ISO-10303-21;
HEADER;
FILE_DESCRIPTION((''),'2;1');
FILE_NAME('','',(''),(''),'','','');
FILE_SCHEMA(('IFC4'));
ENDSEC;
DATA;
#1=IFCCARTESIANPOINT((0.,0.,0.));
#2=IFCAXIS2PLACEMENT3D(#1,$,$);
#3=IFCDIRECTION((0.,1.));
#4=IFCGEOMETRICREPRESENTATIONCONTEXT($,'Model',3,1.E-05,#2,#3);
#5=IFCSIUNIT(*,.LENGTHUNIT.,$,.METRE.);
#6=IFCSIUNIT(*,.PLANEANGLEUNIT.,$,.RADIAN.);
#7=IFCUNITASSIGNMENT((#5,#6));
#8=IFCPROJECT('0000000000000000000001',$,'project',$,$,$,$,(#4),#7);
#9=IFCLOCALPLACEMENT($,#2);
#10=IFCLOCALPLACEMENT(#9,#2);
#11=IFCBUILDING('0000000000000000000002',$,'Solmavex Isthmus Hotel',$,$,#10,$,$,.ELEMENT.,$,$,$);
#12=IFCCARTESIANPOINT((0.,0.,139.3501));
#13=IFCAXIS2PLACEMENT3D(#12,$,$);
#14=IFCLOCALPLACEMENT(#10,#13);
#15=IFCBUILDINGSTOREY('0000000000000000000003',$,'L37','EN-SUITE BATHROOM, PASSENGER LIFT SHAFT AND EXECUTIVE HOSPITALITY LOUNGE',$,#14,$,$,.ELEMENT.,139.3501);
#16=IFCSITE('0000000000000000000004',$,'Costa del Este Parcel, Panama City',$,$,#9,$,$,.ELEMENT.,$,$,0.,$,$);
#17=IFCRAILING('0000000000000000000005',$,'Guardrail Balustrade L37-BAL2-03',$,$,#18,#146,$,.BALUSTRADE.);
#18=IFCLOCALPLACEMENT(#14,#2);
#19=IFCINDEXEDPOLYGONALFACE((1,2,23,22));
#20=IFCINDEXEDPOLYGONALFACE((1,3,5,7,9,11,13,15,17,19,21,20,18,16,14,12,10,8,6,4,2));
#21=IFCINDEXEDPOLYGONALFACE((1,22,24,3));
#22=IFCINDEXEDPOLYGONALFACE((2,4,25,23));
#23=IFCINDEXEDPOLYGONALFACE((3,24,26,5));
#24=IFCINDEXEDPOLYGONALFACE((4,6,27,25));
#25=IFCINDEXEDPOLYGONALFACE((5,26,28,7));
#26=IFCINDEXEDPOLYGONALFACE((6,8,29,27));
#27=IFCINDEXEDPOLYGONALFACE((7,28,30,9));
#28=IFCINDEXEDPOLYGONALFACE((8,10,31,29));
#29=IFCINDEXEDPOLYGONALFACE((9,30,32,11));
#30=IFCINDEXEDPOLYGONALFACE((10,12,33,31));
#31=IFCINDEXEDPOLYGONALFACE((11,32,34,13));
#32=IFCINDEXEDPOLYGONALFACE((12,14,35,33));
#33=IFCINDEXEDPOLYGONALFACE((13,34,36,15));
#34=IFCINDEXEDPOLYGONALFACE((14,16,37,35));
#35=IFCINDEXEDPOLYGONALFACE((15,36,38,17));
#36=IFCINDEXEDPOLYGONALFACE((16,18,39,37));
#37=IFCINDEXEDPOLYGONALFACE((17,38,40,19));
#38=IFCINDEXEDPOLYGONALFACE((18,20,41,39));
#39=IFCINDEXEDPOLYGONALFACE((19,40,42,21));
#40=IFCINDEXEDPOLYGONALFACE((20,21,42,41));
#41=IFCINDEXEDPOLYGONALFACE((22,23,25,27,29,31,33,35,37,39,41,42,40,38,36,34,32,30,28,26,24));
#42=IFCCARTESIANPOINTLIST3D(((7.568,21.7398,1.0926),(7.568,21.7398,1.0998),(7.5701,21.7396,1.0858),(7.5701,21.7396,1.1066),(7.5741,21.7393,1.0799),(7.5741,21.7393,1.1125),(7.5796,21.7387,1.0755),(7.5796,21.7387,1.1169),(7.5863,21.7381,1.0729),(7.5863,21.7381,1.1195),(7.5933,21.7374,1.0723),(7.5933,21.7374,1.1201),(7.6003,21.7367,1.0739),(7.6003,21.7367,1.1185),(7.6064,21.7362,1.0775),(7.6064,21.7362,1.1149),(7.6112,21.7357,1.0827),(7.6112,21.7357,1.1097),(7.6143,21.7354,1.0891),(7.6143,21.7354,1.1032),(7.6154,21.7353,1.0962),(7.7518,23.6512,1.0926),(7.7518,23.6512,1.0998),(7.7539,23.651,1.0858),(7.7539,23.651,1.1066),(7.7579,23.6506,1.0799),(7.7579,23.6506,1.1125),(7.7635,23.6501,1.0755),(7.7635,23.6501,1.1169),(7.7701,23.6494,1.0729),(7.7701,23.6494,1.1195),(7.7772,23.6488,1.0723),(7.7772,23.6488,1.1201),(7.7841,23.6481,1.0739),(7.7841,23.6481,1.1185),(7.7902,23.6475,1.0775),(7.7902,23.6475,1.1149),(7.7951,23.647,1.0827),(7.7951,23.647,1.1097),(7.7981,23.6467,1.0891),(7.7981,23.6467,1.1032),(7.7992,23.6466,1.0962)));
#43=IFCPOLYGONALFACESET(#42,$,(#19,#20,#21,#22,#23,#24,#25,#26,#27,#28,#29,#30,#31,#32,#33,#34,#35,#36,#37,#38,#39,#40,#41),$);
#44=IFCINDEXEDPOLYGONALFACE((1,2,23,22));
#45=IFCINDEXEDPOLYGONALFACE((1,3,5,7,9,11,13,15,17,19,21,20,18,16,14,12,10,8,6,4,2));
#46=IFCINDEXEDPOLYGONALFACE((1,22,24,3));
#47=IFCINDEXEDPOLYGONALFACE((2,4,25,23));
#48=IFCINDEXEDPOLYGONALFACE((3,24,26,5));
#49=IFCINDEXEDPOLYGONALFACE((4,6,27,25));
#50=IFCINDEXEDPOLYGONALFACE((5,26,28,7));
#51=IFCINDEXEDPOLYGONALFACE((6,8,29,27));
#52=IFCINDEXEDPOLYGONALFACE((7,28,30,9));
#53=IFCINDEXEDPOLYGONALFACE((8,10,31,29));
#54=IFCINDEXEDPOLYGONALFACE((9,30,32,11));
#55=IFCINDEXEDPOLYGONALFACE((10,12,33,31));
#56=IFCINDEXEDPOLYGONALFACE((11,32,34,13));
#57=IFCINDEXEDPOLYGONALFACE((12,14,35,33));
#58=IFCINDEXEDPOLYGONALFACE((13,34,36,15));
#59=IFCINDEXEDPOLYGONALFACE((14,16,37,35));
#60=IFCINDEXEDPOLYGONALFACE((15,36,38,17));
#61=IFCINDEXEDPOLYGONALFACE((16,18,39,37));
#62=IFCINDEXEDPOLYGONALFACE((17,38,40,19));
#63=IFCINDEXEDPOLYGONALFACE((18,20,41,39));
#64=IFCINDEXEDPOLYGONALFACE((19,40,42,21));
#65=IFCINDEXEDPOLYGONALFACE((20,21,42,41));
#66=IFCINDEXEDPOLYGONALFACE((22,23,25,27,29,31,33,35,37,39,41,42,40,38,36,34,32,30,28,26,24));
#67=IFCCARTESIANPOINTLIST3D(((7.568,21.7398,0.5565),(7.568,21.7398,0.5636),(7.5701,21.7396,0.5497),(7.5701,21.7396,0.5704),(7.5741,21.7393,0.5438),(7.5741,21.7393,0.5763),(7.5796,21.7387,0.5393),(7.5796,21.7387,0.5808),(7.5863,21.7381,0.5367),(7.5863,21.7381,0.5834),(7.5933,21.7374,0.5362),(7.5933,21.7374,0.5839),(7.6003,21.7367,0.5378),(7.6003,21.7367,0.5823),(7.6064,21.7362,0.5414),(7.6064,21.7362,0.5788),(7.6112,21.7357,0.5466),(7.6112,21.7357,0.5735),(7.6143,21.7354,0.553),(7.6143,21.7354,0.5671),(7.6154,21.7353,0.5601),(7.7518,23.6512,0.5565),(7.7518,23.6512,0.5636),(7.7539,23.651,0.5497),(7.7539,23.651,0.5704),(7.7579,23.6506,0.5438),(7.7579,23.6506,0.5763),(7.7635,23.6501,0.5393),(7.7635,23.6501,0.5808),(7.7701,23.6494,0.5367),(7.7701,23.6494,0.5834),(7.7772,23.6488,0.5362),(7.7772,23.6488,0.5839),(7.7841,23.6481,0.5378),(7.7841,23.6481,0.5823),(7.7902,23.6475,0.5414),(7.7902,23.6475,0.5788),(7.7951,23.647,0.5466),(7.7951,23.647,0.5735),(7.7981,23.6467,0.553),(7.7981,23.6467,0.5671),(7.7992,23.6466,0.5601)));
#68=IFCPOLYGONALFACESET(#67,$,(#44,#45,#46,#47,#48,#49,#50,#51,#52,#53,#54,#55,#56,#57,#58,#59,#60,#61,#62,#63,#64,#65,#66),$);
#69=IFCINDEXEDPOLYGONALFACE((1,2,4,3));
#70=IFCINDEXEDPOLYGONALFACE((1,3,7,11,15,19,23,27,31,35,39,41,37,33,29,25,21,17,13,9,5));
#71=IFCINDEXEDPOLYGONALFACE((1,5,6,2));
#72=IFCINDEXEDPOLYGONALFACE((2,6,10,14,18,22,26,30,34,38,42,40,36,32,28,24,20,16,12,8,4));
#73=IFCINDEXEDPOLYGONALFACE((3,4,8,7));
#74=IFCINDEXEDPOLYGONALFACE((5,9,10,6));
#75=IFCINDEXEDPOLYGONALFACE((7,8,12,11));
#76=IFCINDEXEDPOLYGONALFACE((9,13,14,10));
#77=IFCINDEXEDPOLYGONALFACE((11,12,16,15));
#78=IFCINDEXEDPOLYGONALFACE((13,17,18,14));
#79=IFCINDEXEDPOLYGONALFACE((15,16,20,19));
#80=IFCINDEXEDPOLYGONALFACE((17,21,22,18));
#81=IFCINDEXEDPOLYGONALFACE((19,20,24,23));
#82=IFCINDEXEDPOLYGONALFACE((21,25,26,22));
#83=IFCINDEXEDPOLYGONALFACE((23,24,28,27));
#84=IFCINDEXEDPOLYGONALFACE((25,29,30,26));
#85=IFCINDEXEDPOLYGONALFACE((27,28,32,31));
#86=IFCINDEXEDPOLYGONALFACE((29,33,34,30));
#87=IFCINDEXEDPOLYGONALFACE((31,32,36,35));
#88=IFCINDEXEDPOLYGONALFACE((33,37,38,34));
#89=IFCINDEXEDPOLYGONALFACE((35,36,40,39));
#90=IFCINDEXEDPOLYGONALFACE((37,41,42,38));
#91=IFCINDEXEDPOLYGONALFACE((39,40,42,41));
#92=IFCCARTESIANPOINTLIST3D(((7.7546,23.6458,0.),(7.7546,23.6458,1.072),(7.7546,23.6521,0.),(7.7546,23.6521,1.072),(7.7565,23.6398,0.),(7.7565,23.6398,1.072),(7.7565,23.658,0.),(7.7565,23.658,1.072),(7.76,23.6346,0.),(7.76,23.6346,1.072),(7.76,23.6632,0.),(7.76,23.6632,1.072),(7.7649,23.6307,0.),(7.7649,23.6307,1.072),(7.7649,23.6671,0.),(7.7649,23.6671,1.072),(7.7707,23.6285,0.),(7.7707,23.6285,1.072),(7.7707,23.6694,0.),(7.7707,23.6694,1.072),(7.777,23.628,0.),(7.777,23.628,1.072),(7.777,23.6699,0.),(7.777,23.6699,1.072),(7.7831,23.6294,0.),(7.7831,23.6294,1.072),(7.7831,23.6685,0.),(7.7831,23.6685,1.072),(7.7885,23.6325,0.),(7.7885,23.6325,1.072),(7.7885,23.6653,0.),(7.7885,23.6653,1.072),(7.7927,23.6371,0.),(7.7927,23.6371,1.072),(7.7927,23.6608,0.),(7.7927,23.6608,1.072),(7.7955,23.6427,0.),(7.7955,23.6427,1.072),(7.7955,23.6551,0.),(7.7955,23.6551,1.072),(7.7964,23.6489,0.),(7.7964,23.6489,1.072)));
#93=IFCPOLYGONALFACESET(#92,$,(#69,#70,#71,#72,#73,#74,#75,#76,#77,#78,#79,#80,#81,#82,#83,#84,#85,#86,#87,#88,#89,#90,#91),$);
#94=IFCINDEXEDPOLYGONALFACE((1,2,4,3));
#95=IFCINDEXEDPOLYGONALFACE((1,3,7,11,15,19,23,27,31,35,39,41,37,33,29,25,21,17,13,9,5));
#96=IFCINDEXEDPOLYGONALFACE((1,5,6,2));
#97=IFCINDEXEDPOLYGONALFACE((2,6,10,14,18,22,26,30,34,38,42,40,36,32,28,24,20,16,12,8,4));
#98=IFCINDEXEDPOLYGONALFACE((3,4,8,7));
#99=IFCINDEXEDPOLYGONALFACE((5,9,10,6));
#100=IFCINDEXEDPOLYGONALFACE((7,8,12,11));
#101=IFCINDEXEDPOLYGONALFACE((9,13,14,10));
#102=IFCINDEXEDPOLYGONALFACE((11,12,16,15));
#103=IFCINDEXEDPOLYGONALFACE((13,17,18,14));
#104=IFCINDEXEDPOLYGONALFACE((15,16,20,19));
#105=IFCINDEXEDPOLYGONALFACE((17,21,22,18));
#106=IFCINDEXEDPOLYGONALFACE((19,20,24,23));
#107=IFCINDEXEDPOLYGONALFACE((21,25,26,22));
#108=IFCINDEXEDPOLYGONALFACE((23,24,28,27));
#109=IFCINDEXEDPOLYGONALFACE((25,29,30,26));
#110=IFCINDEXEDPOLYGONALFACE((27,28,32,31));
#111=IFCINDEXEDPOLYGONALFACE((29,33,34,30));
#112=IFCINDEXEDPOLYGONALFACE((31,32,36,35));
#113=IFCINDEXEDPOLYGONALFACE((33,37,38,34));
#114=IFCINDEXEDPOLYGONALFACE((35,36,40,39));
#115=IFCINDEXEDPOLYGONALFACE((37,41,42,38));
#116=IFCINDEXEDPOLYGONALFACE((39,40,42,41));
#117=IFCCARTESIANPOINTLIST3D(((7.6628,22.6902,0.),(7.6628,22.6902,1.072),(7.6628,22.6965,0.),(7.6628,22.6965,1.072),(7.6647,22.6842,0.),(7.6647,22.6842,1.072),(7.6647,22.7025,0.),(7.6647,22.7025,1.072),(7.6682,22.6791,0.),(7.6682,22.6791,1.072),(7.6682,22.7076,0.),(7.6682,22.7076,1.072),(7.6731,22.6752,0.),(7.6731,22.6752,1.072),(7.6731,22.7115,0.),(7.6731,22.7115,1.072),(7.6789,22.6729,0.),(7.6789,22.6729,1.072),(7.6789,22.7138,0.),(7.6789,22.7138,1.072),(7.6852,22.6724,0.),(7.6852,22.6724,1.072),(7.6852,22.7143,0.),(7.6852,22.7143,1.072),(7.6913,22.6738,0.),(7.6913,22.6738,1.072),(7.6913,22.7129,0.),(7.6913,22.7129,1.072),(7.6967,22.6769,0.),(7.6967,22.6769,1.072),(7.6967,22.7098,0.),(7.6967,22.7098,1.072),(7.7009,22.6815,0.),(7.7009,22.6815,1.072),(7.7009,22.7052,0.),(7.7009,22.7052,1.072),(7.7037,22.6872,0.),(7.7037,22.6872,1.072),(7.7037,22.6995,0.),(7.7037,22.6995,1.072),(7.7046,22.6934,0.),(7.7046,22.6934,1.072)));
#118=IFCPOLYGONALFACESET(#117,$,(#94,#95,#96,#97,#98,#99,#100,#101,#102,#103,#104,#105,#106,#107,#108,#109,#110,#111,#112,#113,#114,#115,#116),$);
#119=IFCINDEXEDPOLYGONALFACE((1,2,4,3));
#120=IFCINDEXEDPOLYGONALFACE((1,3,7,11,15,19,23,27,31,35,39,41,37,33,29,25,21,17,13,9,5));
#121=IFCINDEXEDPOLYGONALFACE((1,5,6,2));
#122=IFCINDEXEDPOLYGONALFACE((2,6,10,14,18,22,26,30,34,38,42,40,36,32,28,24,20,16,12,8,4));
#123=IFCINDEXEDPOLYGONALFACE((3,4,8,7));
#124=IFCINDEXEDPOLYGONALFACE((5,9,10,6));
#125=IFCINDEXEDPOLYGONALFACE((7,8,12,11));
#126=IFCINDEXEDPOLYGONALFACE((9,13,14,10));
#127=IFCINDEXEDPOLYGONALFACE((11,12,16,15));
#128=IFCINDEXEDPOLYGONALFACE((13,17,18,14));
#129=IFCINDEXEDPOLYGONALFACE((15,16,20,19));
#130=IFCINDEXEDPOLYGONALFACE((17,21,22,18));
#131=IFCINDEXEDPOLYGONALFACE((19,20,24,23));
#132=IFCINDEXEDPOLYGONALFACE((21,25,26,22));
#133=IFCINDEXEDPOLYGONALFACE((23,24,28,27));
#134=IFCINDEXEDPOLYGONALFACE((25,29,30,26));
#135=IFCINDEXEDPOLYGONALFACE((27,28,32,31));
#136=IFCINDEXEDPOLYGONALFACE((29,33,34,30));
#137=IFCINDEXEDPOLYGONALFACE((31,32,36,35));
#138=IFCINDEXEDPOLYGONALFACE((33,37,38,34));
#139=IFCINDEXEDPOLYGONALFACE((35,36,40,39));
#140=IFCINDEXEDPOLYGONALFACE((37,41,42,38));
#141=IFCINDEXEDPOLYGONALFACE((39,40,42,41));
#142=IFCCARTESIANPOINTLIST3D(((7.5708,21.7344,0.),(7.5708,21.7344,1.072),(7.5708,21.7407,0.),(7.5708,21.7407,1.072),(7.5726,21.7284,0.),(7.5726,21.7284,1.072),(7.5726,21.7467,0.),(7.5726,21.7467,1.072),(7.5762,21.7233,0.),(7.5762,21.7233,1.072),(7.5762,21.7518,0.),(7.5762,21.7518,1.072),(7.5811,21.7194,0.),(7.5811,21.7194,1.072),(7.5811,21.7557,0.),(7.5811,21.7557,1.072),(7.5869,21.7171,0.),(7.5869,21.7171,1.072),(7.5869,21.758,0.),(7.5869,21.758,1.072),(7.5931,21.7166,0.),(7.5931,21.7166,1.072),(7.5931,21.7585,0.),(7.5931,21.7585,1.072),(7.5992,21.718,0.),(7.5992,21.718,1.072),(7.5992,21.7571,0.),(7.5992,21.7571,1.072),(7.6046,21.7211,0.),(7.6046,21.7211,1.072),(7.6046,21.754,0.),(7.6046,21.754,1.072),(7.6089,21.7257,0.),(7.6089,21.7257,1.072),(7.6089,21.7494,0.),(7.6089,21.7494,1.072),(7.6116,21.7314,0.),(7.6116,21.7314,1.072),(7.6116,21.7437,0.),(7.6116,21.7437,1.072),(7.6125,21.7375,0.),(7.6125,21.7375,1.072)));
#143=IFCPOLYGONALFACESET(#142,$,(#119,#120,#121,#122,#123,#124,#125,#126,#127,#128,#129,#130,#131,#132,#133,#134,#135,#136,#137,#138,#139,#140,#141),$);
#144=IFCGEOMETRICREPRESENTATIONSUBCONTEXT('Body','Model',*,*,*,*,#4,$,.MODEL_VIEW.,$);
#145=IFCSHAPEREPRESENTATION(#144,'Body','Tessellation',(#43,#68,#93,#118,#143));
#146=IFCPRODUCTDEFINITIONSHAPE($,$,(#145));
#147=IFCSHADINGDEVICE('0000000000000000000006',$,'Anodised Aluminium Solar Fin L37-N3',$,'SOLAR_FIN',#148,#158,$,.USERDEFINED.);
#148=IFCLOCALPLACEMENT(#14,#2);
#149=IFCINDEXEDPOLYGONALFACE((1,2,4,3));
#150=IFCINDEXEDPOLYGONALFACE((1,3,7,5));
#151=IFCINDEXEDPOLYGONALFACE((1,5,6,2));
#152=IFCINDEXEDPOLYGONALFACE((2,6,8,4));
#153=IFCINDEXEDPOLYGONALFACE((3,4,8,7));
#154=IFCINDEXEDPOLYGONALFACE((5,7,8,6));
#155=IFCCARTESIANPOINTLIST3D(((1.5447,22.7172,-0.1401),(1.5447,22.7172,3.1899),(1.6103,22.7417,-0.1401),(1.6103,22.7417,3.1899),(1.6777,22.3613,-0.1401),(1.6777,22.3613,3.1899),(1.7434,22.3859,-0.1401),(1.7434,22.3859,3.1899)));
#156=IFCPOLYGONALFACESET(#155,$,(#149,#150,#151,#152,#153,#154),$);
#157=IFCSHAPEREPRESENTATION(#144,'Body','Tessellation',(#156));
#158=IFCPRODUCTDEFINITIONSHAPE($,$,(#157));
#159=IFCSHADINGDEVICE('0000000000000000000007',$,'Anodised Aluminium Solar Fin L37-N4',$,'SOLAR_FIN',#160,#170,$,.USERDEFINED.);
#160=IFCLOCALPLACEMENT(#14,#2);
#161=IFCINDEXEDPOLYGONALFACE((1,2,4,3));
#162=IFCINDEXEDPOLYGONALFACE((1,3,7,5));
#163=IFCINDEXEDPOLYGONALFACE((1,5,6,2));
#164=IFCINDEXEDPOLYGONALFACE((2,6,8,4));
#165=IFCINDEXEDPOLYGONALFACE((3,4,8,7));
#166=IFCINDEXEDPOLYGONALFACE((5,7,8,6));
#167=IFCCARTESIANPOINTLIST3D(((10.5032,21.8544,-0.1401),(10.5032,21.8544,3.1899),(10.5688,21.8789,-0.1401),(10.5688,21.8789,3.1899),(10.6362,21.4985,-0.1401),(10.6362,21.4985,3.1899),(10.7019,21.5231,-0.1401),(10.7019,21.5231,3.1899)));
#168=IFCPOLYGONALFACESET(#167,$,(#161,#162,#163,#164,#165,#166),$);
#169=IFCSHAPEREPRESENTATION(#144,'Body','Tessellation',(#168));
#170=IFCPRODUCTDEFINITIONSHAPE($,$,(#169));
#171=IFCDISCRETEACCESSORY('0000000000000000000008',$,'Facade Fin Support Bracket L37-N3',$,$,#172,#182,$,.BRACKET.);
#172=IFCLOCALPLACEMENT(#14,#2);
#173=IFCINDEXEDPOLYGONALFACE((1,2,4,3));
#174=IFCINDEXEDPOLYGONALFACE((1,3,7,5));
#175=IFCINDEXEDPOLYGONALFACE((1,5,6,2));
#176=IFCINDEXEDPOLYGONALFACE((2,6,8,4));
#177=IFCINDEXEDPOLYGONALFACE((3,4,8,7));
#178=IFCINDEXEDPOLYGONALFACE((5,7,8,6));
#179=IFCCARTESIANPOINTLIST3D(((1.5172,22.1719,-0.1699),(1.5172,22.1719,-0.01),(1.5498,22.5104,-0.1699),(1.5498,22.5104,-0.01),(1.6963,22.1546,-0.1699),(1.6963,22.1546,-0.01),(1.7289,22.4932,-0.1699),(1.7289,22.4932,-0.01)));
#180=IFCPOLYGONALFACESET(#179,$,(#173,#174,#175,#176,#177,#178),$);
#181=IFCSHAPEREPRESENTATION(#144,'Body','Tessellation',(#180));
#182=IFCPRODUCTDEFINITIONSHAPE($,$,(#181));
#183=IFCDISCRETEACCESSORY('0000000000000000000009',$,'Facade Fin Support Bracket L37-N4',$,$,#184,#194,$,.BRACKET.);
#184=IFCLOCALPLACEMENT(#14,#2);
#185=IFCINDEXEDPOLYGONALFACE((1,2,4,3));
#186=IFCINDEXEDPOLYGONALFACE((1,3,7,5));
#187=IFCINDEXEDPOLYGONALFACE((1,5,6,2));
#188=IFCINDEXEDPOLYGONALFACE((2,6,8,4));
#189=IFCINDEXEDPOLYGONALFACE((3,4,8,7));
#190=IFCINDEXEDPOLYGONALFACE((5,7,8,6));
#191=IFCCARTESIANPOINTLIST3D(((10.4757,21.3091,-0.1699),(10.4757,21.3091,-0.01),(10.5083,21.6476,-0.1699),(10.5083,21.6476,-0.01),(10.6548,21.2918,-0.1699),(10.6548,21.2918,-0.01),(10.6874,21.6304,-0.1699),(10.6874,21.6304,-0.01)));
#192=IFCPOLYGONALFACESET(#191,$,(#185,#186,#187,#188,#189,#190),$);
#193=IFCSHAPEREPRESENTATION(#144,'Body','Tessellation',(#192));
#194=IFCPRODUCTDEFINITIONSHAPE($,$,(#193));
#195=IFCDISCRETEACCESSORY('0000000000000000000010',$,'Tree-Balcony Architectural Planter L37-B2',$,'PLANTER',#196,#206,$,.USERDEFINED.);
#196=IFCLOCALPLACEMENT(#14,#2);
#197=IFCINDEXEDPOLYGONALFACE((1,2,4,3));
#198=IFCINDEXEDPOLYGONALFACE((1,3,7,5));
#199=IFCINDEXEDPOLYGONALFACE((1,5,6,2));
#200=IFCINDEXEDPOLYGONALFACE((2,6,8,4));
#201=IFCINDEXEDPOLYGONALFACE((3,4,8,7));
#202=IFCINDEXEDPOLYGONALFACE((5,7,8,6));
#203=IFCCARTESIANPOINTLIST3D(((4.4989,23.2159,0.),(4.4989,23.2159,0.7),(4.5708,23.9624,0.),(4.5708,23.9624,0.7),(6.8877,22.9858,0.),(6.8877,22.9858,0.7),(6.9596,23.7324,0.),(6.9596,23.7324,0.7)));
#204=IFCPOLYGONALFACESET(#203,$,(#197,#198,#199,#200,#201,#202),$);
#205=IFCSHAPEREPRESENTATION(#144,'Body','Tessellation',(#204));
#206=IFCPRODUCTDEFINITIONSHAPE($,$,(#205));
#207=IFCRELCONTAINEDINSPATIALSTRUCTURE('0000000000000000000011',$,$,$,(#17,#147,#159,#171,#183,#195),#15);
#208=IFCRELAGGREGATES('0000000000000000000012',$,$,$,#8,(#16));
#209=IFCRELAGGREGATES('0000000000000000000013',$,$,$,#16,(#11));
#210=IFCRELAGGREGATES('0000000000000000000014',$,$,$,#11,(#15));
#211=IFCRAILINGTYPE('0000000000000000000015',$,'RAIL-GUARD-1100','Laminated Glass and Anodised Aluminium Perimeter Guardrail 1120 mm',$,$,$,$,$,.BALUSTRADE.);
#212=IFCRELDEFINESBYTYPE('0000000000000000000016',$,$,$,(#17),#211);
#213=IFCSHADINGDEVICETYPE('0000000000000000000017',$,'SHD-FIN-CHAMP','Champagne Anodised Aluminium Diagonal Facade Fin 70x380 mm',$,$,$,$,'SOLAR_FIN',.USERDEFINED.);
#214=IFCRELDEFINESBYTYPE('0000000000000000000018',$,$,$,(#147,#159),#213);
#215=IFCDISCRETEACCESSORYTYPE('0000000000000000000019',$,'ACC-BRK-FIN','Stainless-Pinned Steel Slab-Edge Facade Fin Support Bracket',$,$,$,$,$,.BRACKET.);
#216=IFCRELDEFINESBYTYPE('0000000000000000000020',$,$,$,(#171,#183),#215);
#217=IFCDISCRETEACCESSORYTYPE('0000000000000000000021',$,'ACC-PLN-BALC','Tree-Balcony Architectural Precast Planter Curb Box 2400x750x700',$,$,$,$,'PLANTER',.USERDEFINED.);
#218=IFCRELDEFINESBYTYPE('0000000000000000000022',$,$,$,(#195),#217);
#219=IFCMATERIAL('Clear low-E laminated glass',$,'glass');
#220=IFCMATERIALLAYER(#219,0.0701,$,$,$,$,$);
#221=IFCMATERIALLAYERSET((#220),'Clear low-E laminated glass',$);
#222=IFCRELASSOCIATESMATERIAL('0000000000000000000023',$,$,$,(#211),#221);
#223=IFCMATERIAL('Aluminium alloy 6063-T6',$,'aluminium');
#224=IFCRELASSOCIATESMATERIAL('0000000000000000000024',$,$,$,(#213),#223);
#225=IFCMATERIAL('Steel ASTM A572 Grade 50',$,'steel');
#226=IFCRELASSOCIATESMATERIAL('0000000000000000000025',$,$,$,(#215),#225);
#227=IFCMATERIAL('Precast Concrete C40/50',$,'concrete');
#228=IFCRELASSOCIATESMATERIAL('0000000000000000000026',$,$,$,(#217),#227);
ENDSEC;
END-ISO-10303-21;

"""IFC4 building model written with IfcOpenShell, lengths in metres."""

from ifc_helpers import new_model, si_unit, direction, frame, origin, origin_2d, place, context, subcontext, project, spatial, rectangle, circle, extrude, material, layer, layer_set, type_object, element, save


model = new_model("IFC4")

# Units and contexts
model_context = context("Model", 3, precision=1e-05, world=origin(), true_north=direction((0.0, 1.0)))
body_context = subcontext(model_context, "Body", "Model", "MODEL_VIEW")
ifc_project = project(units=[si_unit("LENGTHUNIT", "METRE"), si_unit("PLANEANGLEUNIT", "RADIAN")], contexts=[model_context])

# Site, building, storey
site_placement = place(None, origin())
site = spatial("IfcSite", under=ifc_project, at=site_placement, Name="Costa del Este Parcel, Panama City", CompositionType="ELEMENT", RefElevation=0.0)
building_placement = place(site_placement, origin())
building = spatial("IfcBuilding", under=site, at=building_placement, Name="Solmavex Isthmus Hotel", CompositionType="ELEMENT")
storey_placement = place(building_placement, frame((0.0, 0.0, 139.3501)))
storey = spatial("IfcBuildingStorey", under=building, at=storey_placement, Name="L37", Description="EN-SUITE BATHROOM, PASSENGER LIFT SHAFT AND EXECUTIVE HOSPITALITY LOUNGE", CompositionType="ELEMENT", Elevation=139.3501)

# Shared definitions
ifc_material_1 = material(Name="Aluminium alloy 6063-T6", Category="aluminium")

# Shared definitions
ifc_material_2 = material(Name="Clear low-E laminated glass", Category="glass")

# Shared definitions
ifc_material_3 = material(Name="Precast Concrete C40/50", Category="concrete")

# Railing
ifc_layer_1 = layer(ifc_material_2, 0.0701)
ifc_layer_set_1 = layer_set([ifc_layer_1], Name="Clear low-E laminated glass")
railing_type = type_object("IfcRailingType", Name="RAIL-GUARD-1100", Description="Laminated Glass and Anodised Aluminium Perimeter Guardrail 1120 mm", PredefinedType="BALUSTRADE", material=ifc_layer_set_1)
railing_1_placement = place(storey_placement, frame((7.7754, 23.6489, 0.0)))
element("IfcRailing", 1, at=railing_1_placement, inside=storey, type_object=railing_type, Name="Guardrail Balustrade L37-BAL2-03", PredefinedType="BALUSTRADE", context=body_context, shape_type="SweptSolid", body=[
    extrude(circle(Radius=0.0239, at=origin_2d()), frame((0.0, 0.0, 1.0962), z_axis=(-0.095739, -0.995406, 0.0), x_axis=(0.995406, -0.095739, 0.0)), (0.0, 0.0, 1.0), 1.9202),
    extrude(circle(Radius=0.0239, at=origin_2d()), frame((0.0, 0.0, 0.5601), z_axis=(-0.095739, -0.995406, 0.0), x_axis=(0.995406, -0.095739, 0.0)), (0.0, 0.0, 1.0), 1.9202),
    extrude(circle(Radius=0.021, at=origin_2d()), origin(), (0.0, 0.0, 1.0), 1.072),
    extrude(circle(Radius=0.021, at=origin_2d()), frame((-0.0918, -0.9556, 0.0)), (0.0, 0.0, 1.0), 1.072),
    extrude(circle(Radius=0.021, at=origin_2d()), frame((-0.1838, -1.9114, 0.0)), (0.0, 0.0, 1.0), 1.072),
])

# Shading devices
shading_device_type = type_object("IfcShadingDeviceType", Name="SHD-FIN-CHAMP", Description="Champagne Anodised Aluminium Diagonal Facade Fin 70x380 mm", ElementType="SOLAR_FIN", PredefinedType="USERDEFINED", material=ifc_material_1)
for number, where, z_axis, x_axis, name in (
    (2, (1.644, 22.5515, -0.1401), (0.0, 0.0, 1.0), (-0.350207, 0.936672, 0.0), "Anodised Aluminium Solar Fin L37-N3"),
    (3, (10.6025, 21.6887, -0.1401), (0.0, 0.0, 1.0), (-0.350207, 0.936672, 0.0), "Anodised Aluminium Solar Fin L37-N4"),
):
    element("IfcShadingDevice", number, at=place(storey_placement, frame(where, z_axis=z_axis, x_axis=x_axis)), inside=storey, type_object=shading_device_type, Name=name, ObjectType="SOLAR_FIN", PredefinedType="USERDEFINED", context=body_context, shape_type="SweptSolid", body=[
        extrude(rectangle(XDim=0.3799, YDim=0.0701, at=origin_2d()), origin(), (0.0, 0.0, 1.0), 3.3301),
    ])

# Discrete accessories
ifc_material_4 = material(Name="Steel ASTM A572 Grade 50", Category="steel")
discrete_accessory_type_1 = type_object("IfcDiscreteAccessoryType", Name="ACC-BRK-FIN", Description="Stainless-Pinned Steel Slab-Edge Facade Fin Support Bracket", PredefinedType="BRACKET", material=ifc_material_4)
for number, where, z_axis, x_axis, name in (
    (4, (1.623, 22.3325, -0.1699), (0.0, 0.0, 1.0), (0.095846, 0.995396, 0.0), "Facade Fin Support Bracket L37-N3"),
    (5, (10.5815, 21.4697, -0.1699), (0.0, 0.0, 1.0), (0.095846, 0.995396, 0.0), "Facade Fin Support Bracket L37-N4"),
):
    element("IfcDiscreteAccessory", number, at=place(storey_placement, frame(where, z_axis=z_axis, x_axis=x_axis)), inside=storey, type_object=discrete_accessory_type_1, Name=name, PredefinedType="BRACKET", context=body_context, shape_type="SweptSolid", body=[
        extrude(rectangle(XDim=0.3401, YDim=0.1799, at=origin_2d()), origin(), (0.0, 0.0, 1.0), 0.1599),
    ])
discrete_accessory_type_2 = type_object("IfcDiscreteAccessoryType", Name="ACC-PLN-BALC", Description="Tree-Balcony Architectural Precast Planter Curb Box 2400x750x700", ElementType="PLANTER", PredefinedType="USERDEFINED", material=ifc_material_3)
discrete_accessory_placement = place(storey_placement, frame((5.7292, 23.4741, 0.0), z_axis=(0.0, 0.0, 1.0), x_axis=(0.995396, -0.095846, 0.0)))
element("IfcDiscreteAccessory", 6, at=discrete_accessory_placement, inside=storey, type_object=discrete_accessory_type_2, Name="Tree-Balcony Architectural Planter L37-B2", ObjectType="PLANTER", PredefinedType="USERDEFINED", context=body_context, shape_type="SweptSolid", body=[
    extrude(rectangle(XDim=2.3999, YDim=0.75, at=origin_2d()), origin(), (0.0, 0.0, 1.0), 0.7),
])

save(model, "model.ifc")
